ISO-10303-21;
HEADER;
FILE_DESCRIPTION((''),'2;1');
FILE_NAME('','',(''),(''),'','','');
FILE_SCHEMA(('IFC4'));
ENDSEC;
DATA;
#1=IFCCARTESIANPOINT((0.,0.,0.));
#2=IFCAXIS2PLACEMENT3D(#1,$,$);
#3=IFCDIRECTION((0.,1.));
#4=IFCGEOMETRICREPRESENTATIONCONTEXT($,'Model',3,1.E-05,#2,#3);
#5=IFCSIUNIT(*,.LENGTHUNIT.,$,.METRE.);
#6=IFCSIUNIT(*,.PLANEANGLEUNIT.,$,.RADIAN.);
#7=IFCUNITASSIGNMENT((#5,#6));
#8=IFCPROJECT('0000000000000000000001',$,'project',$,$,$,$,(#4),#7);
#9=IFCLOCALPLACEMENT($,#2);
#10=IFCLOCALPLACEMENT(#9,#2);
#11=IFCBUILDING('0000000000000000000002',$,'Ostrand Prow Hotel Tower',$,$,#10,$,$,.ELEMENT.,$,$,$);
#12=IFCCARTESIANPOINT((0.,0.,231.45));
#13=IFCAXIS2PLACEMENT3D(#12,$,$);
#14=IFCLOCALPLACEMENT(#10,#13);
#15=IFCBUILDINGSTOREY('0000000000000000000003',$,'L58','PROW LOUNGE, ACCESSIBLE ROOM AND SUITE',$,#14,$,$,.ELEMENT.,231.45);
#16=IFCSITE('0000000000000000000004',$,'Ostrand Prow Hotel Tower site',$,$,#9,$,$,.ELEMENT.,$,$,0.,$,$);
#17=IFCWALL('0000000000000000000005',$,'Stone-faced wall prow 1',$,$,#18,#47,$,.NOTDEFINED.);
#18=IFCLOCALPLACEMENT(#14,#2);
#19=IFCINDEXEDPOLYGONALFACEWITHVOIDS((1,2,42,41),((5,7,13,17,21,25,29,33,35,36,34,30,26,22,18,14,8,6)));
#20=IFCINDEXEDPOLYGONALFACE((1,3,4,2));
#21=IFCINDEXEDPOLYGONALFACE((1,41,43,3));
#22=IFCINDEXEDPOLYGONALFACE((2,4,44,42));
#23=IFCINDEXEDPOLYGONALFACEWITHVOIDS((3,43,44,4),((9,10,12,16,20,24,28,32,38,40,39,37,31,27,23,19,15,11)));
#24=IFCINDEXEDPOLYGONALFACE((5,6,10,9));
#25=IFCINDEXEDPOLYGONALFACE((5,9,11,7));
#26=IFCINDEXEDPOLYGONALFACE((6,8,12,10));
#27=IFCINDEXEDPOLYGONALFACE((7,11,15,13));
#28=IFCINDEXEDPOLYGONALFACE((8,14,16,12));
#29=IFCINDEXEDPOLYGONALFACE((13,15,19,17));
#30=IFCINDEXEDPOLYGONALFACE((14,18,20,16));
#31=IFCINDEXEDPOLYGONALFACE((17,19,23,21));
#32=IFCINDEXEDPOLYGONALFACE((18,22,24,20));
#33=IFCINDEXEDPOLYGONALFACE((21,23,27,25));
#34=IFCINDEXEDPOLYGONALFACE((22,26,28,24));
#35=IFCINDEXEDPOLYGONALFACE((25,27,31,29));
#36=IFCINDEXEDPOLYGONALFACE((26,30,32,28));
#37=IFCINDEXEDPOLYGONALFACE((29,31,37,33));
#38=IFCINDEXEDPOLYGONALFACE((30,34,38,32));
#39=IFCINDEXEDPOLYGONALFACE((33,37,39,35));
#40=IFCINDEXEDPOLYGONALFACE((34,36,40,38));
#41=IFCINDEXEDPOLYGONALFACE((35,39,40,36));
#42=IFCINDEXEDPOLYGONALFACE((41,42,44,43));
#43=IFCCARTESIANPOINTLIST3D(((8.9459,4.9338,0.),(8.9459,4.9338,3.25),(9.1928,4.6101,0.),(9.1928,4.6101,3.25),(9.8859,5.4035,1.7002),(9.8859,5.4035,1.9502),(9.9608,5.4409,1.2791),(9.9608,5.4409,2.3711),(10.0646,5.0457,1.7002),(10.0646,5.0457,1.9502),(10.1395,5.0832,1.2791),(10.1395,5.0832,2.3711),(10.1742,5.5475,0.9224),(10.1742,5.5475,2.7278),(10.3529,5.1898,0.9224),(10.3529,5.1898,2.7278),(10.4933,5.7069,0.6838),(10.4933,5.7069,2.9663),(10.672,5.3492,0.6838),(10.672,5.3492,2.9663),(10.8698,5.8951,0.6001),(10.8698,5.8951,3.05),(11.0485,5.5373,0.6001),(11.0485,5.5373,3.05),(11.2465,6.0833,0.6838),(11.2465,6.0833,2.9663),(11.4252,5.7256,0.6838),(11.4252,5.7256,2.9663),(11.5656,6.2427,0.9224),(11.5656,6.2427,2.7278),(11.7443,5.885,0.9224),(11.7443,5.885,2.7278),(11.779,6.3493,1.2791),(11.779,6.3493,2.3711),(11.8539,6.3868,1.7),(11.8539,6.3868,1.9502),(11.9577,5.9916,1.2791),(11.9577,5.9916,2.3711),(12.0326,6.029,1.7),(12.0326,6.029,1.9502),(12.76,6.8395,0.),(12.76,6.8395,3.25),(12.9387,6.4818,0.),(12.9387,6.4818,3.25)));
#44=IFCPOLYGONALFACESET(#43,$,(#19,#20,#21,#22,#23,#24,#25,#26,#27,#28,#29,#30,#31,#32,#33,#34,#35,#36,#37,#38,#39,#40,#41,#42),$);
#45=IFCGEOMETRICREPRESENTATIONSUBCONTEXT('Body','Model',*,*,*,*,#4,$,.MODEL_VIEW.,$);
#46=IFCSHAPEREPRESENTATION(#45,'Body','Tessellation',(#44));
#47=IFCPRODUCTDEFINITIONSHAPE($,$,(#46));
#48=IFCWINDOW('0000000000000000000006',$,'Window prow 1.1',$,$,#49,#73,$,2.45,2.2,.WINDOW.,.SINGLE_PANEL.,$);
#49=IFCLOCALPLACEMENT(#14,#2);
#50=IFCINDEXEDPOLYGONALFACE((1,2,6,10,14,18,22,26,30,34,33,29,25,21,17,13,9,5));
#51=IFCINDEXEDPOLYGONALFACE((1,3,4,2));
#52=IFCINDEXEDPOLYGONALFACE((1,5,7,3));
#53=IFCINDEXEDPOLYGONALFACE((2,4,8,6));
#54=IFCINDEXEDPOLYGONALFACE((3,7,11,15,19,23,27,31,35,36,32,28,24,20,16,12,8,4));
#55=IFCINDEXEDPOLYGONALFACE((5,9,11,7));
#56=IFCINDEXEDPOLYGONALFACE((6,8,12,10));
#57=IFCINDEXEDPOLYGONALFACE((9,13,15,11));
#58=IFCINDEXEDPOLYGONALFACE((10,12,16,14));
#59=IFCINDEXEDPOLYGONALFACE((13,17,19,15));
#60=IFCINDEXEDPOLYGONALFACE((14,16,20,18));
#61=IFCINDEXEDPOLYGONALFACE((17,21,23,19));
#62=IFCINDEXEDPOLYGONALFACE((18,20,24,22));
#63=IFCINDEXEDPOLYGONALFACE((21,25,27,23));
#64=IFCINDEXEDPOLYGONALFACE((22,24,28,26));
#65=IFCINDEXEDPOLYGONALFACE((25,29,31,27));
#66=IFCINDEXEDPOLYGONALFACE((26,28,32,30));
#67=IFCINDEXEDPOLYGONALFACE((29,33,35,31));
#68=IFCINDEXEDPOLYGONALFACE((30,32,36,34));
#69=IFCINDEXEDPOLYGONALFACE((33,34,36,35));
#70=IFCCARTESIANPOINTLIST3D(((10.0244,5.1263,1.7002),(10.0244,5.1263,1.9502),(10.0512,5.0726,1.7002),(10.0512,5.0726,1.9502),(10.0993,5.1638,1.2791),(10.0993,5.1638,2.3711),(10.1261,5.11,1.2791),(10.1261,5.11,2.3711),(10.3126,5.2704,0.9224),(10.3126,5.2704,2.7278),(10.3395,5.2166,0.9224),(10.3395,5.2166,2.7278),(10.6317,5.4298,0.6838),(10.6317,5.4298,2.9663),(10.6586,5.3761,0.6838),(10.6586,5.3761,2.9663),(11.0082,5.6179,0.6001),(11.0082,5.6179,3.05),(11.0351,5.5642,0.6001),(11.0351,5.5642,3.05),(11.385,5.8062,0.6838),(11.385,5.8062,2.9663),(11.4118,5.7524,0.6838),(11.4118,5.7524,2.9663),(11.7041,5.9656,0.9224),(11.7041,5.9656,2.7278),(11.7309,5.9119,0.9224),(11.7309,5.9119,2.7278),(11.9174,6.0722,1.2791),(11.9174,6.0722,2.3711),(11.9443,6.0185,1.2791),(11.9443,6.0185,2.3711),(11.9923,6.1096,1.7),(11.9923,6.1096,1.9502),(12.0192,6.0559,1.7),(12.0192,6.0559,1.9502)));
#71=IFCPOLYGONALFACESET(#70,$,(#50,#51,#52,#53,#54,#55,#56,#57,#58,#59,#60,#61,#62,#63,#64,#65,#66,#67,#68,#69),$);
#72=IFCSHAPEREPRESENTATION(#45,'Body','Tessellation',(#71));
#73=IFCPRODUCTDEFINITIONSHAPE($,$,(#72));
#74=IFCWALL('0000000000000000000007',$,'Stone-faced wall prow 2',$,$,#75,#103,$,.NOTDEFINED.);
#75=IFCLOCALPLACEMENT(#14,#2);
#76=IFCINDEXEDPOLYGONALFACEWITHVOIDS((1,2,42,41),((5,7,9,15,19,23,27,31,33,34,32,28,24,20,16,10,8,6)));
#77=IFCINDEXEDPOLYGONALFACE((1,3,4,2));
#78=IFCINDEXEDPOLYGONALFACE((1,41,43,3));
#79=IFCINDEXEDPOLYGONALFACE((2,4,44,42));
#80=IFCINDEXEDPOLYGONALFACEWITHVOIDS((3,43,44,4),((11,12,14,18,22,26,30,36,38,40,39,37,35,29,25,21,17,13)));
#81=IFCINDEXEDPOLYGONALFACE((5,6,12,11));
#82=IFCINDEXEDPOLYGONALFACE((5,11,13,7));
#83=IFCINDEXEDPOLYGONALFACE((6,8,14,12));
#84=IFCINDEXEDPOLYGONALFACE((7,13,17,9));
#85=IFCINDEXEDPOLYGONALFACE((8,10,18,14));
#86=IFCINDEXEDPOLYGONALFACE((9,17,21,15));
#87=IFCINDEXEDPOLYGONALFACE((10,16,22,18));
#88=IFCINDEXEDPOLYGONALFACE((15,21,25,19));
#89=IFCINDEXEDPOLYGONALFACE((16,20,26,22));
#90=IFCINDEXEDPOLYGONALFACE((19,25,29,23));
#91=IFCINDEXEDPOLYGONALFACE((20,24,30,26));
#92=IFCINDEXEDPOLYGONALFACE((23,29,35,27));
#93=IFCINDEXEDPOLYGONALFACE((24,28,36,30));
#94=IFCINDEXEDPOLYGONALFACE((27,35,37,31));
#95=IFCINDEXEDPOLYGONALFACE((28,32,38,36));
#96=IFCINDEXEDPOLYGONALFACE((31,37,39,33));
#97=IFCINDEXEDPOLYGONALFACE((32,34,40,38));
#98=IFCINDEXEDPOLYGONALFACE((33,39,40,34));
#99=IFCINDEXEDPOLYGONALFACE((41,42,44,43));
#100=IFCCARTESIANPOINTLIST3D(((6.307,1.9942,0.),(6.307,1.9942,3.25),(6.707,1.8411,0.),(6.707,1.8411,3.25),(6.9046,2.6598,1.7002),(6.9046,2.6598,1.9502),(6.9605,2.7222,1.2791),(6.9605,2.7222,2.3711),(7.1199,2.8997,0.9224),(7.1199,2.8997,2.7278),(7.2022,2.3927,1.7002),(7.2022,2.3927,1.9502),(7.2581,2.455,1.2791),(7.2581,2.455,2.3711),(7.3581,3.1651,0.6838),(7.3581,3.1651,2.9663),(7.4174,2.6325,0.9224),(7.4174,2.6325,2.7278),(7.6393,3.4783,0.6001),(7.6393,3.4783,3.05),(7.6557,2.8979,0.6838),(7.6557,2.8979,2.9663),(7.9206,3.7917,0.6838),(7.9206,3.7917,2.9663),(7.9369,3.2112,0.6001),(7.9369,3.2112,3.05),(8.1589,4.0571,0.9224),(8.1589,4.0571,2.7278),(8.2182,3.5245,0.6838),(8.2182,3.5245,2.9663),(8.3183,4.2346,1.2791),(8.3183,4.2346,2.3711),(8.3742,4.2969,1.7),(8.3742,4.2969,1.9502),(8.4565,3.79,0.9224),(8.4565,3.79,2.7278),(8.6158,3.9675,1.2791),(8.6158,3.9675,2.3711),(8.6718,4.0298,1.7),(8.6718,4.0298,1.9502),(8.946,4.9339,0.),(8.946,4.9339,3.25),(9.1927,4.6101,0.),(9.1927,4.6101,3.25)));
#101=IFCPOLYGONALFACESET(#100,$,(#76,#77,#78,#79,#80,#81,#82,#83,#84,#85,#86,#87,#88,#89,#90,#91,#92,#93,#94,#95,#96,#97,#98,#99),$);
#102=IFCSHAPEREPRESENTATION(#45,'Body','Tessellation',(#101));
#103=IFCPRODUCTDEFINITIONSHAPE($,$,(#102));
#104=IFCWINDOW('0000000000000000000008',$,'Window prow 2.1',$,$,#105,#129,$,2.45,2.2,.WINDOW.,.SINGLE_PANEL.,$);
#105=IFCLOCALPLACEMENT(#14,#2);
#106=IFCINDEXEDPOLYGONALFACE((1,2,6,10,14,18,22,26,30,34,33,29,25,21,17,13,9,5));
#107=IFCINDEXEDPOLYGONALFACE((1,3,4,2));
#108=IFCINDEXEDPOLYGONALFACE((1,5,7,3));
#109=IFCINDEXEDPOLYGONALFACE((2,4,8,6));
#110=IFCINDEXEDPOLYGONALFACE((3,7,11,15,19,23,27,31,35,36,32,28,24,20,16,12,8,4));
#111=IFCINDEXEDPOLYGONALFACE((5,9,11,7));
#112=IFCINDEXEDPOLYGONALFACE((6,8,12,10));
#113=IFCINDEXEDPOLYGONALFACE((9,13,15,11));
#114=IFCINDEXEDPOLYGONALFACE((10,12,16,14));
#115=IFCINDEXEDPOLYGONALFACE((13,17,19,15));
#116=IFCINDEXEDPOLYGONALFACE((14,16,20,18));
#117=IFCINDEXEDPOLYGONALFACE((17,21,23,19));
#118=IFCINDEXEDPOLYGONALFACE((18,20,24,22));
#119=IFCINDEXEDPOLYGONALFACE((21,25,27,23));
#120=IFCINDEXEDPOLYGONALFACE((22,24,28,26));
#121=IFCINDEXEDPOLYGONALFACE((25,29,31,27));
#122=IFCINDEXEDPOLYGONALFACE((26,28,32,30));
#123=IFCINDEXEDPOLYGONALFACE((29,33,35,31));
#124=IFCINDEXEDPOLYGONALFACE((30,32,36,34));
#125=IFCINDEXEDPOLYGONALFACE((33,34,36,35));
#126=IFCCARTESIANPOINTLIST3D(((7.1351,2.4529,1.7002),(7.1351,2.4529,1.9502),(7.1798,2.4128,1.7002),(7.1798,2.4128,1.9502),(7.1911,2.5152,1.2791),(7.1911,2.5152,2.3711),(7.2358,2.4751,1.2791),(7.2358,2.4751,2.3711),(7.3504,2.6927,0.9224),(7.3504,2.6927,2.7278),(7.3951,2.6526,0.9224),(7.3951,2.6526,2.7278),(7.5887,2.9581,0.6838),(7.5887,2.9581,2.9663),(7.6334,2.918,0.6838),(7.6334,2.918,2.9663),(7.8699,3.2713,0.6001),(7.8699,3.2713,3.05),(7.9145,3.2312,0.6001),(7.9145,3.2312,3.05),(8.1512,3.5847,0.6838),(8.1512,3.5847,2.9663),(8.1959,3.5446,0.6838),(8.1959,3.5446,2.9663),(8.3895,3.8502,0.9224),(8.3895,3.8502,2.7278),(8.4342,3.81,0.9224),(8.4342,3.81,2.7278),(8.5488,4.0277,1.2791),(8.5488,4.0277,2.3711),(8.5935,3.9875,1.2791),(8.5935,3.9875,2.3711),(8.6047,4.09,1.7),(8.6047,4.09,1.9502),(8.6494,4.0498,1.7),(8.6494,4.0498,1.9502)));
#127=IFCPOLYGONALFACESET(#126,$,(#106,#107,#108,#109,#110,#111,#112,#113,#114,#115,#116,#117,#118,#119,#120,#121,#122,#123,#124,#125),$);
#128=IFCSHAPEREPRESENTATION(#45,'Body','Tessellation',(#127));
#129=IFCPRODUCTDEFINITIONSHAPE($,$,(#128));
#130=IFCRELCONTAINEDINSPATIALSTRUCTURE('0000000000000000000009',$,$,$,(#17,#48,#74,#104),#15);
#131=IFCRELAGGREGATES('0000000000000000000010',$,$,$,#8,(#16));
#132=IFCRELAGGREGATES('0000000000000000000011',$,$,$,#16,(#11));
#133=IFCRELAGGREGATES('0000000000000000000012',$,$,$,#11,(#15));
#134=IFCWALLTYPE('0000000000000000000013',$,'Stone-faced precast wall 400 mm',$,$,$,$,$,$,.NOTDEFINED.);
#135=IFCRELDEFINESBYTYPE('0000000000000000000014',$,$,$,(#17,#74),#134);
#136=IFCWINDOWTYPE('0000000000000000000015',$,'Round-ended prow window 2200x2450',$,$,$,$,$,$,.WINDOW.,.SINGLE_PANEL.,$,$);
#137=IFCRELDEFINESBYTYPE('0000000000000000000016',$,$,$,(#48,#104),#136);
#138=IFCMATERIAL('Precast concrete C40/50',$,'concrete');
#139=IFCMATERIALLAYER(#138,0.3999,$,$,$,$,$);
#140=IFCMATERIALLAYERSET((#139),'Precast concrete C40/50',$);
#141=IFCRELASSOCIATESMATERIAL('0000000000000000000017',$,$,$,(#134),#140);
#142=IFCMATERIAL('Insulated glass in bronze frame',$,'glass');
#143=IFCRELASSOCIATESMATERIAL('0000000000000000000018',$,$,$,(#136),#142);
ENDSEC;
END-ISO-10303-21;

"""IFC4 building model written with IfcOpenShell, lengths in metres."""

from ifc_helpers import new_model, si_unit, direction, frame, origin, place, context, subcontext, project, spatial, polyline, outline, extrude, material, layer, layer_set, type_object, element, fill, save


model = new_model("IFC4")

# Units and contexts
model_context = context("Model", 3, precision=1e-05, world=origin(), true_north=direction((0.0, 1.0)))
body_context = subcontext(model_context, "Body", "Model", "MODEL_VIEW")
ifc_project = project(units=[si_unit("LENGTHUNIT", "METRE"), si_unit("PLANEANGLEUNIT", "RADIAN")], contexts=[model_context])

# Site, building, storey
site_placement = place(None, origin())
site = spatial("IfcSite", under=ifc_project, at=site_placement, Name="Ostrand Prow Hotel Tower site", CompositionType="ELEMENT", RefElevation=0.0)
building_placement = place(site_placement, origin())
building = spatial("IfcBuilding", under=site, at=building_placement, Name="Ostrand Prow Hotel Tower", CompositionType="ELEMENT")
storey_placement = place(building_placement, frame((0.0, 0.0, 231.45)))
storey = spatial("IfcBuildingStorey", under=building, at=storey_placement, Name="L58", Description="PROW LOUNGE, ACCESSIBLE ROOM AND SUITE", CompositionType="ELEMENT", Elevation=231.45)

# Walls, openings, windows
ifc_material_1 = material(Name="Precast concrete C40/50", Category="concrete")
ifc_layer_1 = layer(ifc_material_1, 0.3999)
ifc_layer_set_1 = layer_set([ifc_layer_1], Name="Precast concrete C40/50")
wall_type_1 = type_object("IfcWallType", Name="Stone-faced precast wall 400 mm", PredefinedType="NOTDEFINED", material=ifc_layer_set_1)
wall_1_placement = place(storey_placement, frame((12.8494, 6.6606, 0.0), z_axis=(0.0, 0.0, 1.0), x_axis=(-0.894554, -0.446959, 0.0)))
wall_1 = element("IfcWall", 1, at=wall_1_placement, inside=storey, type_object=wall_type_1, Name="Stone-faced wall prow 1", PredefinedType="NOTDEFINED", context=body_context, shape_type="SweptSolid", body=[
    extrude(outline(polyline([(0.0, -0.2), (4.2637, -0.2), (4.1875, 0.2), (0.0, 0.2), (0.0, -0.2)])), origin(), (0.0, 0.0, 1.0), 3.25),
])
opening_1_placement = place(wall_1_placement, frame((1.0129, 0.0, 0.6001)))
opening_1 = element("IfcOpeningElement", 2, at=opening_1_placement, cuts=wall_1, PredefinedType="OPENING", context=body_context, shape_type="SweptSolid", body=[
    extrude(outline(polyline([(0.0, 1.3501), (0.0837, 1.771), (0.3223, 2.1277), (0.679, 2.3662), (1.1001, 2.45), (1.521, 2.3662), (1.8777, 2.1277), (2.1162, 1.771), (2.2, 1.3501), (2.2, 1.1001), (2.1162, 0.679), (1.8777, 0.3223), (1.521, 0.0837), (1.1001, 0.0), (0.679, 0.0837), (0.3223, 0.3223), (0.0837, 0.679), (0.0, 1.0999), (0.0, 1.3501)])), frame((0.0, 0.21, 0.0), z_axis=(0.0, -1.0, 0.0), x_axis=(1.0, 0.0, 0.0)), (0.0, 0.0, 1.0), 0.4199),
])
ifc_material_2 = material(Name="Insulated glass in bronze frame", Category="glass")
window_type = type_object("IfcWindowType", Name="Round-ended prow window 2200x2450", PartitioningType="SINGLE_PANEL", PredefinedType="WINDOW", material=ifc_material_2)
window_1_placement = place(opening_1_placement, origin())
window_1 = element("IfcWindow", 3, at=window_1_placement, inside=storey, type_object=window_type, Name="Window prow 1.1", OverallHeight=2.45, OverallWidth=2.2, PartitioningType="SINGLE_PANEL", PredefinedType="WINDOW", context=body_context, shape_type="SweptSolid", body=[
    extrude(outline(polyline([(0.0, 1.3501), (0.0837, 1.771), (0.3223, 2.1277), (0.679, 2.3662), (1.1001, 2.45), (1.521, 2.3662), (1.8777, 2.1277), (2.1162, 1.771), (2.2, 1.3501), (2.2, 1.1001), (2.1162, 0.679), (1.8777, 0.3223), (1.521, 0.0837), (1.1001, 0.0), (0.679, 0.0837), (0.3223, 0.3223), (0.0837, 0.679), (0.0, 1.0999), (0.0, 1.3501)])), frame((0.0, 0.1699, 0.0), z_axis=(0.0, -1.0, 0.0), x_axis=(1.0, 0.0, 0.0)), (0.0, 0.0, 1.0), 0.0601),
])
fill(opening_1, window_1)
wall_2_placement = place(storey_placement, frame((9.0693, 4.772, 0.0), z_axis=(0.0, 0.0, 1.0), x_axis=(-0.668018, -0.744145, 0.0)))
wall_2 = element("IfcWall", 4, at=wall_2_placement, inside=storey, type_object=wall_type_1, Name="Stone-faced wall prow 2", PredefinedType="NOTDEFINED", context=body_context, shape_type="SweptSolid", body=[
    extrude(outline(polyline([(-0.0381, -0.2), (3.9124, -0.2), (3.759, 0.2), (0.0381, 0.2), (-0.0381, -0.2)])), origin(), (0.0, 0.0, 1.0), 3.25),
])
opening_2_placement = place(wall_2_placement, frame((0.8179, 0.0, 0.6001)))
opening_2 = element("IfcOpeningElement", 5, at=opening_2_placement, cuts=wall_2, PredefinedType="OPENING", context=body_context, shape_type="SweptSolid", body=[
    extrude(outline(polyline([(0.0, 1.3501), (0.0837, 1.771), (0.3223, 2.1277), (0.679, 2.3662), (1.1001, 2.45), (1.521, 2.3662), (1.8777, 2.1277), (2.1162, 1.771), (2.2, 1.3501), (2.2, 1.1001), (2.1162, 0.679), (1.8777, 0.3223), (1.521, 0.0837), (1.1001, 0.0), (0.679, 0.0837), (0.3223, 0.3223), (0.0837, 0.679), (0.0, 1.0999), (0.0, 1.3501)])), frame((0.0, 0.21, 0.0), z_axis=(0.0, -1.0, 0.0), x_axis=(1.0, 0.0, 0.0)), (0.0, 0.0, 1.0), 0.4199),
])
window_2_placement = place(opening_2_placement, origin())
window_2 = element("IfcWindow", 6, at=window_2_placement, inside=storey, type_object=window_type, Name="Window prow 2.1", OverallHeight=2.45, OverallWidth=2.2, PartitioningType="SINGLE_PANEL", PredefinedType="WINDOW", context=body_context, shape_type="SweptSolid", body=[
    extrude(outline(polyline([(0.0, 1.3501), (0.0837, 1.771), (0.3223, 2.1277), (0.679, 2.3662), (1.1001, 2.45), (1.521, 2.3662), (1.8777, 2.1277), (2.1162, 1.771), (2.2, 1.3501), (2.2, 1.1001), (2.1162, 0.679), (1.8777, 0.3223), (1.521, 0.0837), (1.1001, 0.0), (0.679, 0.0837), (0.3223, 0.3223), (0.0837, 0.679), (0.0, 1.0999), (0.0, 1.3501)])), frame((0.0, 0.1699, 0.0), z_axis=(0.0, -1.0, 0.0), x_axis=(1.0, 0.0, 0.0)), (0.0, 0.0, 1.0), 0.0601),
])
fill(opening_2, window_2)

save(model, "model.ifc")
